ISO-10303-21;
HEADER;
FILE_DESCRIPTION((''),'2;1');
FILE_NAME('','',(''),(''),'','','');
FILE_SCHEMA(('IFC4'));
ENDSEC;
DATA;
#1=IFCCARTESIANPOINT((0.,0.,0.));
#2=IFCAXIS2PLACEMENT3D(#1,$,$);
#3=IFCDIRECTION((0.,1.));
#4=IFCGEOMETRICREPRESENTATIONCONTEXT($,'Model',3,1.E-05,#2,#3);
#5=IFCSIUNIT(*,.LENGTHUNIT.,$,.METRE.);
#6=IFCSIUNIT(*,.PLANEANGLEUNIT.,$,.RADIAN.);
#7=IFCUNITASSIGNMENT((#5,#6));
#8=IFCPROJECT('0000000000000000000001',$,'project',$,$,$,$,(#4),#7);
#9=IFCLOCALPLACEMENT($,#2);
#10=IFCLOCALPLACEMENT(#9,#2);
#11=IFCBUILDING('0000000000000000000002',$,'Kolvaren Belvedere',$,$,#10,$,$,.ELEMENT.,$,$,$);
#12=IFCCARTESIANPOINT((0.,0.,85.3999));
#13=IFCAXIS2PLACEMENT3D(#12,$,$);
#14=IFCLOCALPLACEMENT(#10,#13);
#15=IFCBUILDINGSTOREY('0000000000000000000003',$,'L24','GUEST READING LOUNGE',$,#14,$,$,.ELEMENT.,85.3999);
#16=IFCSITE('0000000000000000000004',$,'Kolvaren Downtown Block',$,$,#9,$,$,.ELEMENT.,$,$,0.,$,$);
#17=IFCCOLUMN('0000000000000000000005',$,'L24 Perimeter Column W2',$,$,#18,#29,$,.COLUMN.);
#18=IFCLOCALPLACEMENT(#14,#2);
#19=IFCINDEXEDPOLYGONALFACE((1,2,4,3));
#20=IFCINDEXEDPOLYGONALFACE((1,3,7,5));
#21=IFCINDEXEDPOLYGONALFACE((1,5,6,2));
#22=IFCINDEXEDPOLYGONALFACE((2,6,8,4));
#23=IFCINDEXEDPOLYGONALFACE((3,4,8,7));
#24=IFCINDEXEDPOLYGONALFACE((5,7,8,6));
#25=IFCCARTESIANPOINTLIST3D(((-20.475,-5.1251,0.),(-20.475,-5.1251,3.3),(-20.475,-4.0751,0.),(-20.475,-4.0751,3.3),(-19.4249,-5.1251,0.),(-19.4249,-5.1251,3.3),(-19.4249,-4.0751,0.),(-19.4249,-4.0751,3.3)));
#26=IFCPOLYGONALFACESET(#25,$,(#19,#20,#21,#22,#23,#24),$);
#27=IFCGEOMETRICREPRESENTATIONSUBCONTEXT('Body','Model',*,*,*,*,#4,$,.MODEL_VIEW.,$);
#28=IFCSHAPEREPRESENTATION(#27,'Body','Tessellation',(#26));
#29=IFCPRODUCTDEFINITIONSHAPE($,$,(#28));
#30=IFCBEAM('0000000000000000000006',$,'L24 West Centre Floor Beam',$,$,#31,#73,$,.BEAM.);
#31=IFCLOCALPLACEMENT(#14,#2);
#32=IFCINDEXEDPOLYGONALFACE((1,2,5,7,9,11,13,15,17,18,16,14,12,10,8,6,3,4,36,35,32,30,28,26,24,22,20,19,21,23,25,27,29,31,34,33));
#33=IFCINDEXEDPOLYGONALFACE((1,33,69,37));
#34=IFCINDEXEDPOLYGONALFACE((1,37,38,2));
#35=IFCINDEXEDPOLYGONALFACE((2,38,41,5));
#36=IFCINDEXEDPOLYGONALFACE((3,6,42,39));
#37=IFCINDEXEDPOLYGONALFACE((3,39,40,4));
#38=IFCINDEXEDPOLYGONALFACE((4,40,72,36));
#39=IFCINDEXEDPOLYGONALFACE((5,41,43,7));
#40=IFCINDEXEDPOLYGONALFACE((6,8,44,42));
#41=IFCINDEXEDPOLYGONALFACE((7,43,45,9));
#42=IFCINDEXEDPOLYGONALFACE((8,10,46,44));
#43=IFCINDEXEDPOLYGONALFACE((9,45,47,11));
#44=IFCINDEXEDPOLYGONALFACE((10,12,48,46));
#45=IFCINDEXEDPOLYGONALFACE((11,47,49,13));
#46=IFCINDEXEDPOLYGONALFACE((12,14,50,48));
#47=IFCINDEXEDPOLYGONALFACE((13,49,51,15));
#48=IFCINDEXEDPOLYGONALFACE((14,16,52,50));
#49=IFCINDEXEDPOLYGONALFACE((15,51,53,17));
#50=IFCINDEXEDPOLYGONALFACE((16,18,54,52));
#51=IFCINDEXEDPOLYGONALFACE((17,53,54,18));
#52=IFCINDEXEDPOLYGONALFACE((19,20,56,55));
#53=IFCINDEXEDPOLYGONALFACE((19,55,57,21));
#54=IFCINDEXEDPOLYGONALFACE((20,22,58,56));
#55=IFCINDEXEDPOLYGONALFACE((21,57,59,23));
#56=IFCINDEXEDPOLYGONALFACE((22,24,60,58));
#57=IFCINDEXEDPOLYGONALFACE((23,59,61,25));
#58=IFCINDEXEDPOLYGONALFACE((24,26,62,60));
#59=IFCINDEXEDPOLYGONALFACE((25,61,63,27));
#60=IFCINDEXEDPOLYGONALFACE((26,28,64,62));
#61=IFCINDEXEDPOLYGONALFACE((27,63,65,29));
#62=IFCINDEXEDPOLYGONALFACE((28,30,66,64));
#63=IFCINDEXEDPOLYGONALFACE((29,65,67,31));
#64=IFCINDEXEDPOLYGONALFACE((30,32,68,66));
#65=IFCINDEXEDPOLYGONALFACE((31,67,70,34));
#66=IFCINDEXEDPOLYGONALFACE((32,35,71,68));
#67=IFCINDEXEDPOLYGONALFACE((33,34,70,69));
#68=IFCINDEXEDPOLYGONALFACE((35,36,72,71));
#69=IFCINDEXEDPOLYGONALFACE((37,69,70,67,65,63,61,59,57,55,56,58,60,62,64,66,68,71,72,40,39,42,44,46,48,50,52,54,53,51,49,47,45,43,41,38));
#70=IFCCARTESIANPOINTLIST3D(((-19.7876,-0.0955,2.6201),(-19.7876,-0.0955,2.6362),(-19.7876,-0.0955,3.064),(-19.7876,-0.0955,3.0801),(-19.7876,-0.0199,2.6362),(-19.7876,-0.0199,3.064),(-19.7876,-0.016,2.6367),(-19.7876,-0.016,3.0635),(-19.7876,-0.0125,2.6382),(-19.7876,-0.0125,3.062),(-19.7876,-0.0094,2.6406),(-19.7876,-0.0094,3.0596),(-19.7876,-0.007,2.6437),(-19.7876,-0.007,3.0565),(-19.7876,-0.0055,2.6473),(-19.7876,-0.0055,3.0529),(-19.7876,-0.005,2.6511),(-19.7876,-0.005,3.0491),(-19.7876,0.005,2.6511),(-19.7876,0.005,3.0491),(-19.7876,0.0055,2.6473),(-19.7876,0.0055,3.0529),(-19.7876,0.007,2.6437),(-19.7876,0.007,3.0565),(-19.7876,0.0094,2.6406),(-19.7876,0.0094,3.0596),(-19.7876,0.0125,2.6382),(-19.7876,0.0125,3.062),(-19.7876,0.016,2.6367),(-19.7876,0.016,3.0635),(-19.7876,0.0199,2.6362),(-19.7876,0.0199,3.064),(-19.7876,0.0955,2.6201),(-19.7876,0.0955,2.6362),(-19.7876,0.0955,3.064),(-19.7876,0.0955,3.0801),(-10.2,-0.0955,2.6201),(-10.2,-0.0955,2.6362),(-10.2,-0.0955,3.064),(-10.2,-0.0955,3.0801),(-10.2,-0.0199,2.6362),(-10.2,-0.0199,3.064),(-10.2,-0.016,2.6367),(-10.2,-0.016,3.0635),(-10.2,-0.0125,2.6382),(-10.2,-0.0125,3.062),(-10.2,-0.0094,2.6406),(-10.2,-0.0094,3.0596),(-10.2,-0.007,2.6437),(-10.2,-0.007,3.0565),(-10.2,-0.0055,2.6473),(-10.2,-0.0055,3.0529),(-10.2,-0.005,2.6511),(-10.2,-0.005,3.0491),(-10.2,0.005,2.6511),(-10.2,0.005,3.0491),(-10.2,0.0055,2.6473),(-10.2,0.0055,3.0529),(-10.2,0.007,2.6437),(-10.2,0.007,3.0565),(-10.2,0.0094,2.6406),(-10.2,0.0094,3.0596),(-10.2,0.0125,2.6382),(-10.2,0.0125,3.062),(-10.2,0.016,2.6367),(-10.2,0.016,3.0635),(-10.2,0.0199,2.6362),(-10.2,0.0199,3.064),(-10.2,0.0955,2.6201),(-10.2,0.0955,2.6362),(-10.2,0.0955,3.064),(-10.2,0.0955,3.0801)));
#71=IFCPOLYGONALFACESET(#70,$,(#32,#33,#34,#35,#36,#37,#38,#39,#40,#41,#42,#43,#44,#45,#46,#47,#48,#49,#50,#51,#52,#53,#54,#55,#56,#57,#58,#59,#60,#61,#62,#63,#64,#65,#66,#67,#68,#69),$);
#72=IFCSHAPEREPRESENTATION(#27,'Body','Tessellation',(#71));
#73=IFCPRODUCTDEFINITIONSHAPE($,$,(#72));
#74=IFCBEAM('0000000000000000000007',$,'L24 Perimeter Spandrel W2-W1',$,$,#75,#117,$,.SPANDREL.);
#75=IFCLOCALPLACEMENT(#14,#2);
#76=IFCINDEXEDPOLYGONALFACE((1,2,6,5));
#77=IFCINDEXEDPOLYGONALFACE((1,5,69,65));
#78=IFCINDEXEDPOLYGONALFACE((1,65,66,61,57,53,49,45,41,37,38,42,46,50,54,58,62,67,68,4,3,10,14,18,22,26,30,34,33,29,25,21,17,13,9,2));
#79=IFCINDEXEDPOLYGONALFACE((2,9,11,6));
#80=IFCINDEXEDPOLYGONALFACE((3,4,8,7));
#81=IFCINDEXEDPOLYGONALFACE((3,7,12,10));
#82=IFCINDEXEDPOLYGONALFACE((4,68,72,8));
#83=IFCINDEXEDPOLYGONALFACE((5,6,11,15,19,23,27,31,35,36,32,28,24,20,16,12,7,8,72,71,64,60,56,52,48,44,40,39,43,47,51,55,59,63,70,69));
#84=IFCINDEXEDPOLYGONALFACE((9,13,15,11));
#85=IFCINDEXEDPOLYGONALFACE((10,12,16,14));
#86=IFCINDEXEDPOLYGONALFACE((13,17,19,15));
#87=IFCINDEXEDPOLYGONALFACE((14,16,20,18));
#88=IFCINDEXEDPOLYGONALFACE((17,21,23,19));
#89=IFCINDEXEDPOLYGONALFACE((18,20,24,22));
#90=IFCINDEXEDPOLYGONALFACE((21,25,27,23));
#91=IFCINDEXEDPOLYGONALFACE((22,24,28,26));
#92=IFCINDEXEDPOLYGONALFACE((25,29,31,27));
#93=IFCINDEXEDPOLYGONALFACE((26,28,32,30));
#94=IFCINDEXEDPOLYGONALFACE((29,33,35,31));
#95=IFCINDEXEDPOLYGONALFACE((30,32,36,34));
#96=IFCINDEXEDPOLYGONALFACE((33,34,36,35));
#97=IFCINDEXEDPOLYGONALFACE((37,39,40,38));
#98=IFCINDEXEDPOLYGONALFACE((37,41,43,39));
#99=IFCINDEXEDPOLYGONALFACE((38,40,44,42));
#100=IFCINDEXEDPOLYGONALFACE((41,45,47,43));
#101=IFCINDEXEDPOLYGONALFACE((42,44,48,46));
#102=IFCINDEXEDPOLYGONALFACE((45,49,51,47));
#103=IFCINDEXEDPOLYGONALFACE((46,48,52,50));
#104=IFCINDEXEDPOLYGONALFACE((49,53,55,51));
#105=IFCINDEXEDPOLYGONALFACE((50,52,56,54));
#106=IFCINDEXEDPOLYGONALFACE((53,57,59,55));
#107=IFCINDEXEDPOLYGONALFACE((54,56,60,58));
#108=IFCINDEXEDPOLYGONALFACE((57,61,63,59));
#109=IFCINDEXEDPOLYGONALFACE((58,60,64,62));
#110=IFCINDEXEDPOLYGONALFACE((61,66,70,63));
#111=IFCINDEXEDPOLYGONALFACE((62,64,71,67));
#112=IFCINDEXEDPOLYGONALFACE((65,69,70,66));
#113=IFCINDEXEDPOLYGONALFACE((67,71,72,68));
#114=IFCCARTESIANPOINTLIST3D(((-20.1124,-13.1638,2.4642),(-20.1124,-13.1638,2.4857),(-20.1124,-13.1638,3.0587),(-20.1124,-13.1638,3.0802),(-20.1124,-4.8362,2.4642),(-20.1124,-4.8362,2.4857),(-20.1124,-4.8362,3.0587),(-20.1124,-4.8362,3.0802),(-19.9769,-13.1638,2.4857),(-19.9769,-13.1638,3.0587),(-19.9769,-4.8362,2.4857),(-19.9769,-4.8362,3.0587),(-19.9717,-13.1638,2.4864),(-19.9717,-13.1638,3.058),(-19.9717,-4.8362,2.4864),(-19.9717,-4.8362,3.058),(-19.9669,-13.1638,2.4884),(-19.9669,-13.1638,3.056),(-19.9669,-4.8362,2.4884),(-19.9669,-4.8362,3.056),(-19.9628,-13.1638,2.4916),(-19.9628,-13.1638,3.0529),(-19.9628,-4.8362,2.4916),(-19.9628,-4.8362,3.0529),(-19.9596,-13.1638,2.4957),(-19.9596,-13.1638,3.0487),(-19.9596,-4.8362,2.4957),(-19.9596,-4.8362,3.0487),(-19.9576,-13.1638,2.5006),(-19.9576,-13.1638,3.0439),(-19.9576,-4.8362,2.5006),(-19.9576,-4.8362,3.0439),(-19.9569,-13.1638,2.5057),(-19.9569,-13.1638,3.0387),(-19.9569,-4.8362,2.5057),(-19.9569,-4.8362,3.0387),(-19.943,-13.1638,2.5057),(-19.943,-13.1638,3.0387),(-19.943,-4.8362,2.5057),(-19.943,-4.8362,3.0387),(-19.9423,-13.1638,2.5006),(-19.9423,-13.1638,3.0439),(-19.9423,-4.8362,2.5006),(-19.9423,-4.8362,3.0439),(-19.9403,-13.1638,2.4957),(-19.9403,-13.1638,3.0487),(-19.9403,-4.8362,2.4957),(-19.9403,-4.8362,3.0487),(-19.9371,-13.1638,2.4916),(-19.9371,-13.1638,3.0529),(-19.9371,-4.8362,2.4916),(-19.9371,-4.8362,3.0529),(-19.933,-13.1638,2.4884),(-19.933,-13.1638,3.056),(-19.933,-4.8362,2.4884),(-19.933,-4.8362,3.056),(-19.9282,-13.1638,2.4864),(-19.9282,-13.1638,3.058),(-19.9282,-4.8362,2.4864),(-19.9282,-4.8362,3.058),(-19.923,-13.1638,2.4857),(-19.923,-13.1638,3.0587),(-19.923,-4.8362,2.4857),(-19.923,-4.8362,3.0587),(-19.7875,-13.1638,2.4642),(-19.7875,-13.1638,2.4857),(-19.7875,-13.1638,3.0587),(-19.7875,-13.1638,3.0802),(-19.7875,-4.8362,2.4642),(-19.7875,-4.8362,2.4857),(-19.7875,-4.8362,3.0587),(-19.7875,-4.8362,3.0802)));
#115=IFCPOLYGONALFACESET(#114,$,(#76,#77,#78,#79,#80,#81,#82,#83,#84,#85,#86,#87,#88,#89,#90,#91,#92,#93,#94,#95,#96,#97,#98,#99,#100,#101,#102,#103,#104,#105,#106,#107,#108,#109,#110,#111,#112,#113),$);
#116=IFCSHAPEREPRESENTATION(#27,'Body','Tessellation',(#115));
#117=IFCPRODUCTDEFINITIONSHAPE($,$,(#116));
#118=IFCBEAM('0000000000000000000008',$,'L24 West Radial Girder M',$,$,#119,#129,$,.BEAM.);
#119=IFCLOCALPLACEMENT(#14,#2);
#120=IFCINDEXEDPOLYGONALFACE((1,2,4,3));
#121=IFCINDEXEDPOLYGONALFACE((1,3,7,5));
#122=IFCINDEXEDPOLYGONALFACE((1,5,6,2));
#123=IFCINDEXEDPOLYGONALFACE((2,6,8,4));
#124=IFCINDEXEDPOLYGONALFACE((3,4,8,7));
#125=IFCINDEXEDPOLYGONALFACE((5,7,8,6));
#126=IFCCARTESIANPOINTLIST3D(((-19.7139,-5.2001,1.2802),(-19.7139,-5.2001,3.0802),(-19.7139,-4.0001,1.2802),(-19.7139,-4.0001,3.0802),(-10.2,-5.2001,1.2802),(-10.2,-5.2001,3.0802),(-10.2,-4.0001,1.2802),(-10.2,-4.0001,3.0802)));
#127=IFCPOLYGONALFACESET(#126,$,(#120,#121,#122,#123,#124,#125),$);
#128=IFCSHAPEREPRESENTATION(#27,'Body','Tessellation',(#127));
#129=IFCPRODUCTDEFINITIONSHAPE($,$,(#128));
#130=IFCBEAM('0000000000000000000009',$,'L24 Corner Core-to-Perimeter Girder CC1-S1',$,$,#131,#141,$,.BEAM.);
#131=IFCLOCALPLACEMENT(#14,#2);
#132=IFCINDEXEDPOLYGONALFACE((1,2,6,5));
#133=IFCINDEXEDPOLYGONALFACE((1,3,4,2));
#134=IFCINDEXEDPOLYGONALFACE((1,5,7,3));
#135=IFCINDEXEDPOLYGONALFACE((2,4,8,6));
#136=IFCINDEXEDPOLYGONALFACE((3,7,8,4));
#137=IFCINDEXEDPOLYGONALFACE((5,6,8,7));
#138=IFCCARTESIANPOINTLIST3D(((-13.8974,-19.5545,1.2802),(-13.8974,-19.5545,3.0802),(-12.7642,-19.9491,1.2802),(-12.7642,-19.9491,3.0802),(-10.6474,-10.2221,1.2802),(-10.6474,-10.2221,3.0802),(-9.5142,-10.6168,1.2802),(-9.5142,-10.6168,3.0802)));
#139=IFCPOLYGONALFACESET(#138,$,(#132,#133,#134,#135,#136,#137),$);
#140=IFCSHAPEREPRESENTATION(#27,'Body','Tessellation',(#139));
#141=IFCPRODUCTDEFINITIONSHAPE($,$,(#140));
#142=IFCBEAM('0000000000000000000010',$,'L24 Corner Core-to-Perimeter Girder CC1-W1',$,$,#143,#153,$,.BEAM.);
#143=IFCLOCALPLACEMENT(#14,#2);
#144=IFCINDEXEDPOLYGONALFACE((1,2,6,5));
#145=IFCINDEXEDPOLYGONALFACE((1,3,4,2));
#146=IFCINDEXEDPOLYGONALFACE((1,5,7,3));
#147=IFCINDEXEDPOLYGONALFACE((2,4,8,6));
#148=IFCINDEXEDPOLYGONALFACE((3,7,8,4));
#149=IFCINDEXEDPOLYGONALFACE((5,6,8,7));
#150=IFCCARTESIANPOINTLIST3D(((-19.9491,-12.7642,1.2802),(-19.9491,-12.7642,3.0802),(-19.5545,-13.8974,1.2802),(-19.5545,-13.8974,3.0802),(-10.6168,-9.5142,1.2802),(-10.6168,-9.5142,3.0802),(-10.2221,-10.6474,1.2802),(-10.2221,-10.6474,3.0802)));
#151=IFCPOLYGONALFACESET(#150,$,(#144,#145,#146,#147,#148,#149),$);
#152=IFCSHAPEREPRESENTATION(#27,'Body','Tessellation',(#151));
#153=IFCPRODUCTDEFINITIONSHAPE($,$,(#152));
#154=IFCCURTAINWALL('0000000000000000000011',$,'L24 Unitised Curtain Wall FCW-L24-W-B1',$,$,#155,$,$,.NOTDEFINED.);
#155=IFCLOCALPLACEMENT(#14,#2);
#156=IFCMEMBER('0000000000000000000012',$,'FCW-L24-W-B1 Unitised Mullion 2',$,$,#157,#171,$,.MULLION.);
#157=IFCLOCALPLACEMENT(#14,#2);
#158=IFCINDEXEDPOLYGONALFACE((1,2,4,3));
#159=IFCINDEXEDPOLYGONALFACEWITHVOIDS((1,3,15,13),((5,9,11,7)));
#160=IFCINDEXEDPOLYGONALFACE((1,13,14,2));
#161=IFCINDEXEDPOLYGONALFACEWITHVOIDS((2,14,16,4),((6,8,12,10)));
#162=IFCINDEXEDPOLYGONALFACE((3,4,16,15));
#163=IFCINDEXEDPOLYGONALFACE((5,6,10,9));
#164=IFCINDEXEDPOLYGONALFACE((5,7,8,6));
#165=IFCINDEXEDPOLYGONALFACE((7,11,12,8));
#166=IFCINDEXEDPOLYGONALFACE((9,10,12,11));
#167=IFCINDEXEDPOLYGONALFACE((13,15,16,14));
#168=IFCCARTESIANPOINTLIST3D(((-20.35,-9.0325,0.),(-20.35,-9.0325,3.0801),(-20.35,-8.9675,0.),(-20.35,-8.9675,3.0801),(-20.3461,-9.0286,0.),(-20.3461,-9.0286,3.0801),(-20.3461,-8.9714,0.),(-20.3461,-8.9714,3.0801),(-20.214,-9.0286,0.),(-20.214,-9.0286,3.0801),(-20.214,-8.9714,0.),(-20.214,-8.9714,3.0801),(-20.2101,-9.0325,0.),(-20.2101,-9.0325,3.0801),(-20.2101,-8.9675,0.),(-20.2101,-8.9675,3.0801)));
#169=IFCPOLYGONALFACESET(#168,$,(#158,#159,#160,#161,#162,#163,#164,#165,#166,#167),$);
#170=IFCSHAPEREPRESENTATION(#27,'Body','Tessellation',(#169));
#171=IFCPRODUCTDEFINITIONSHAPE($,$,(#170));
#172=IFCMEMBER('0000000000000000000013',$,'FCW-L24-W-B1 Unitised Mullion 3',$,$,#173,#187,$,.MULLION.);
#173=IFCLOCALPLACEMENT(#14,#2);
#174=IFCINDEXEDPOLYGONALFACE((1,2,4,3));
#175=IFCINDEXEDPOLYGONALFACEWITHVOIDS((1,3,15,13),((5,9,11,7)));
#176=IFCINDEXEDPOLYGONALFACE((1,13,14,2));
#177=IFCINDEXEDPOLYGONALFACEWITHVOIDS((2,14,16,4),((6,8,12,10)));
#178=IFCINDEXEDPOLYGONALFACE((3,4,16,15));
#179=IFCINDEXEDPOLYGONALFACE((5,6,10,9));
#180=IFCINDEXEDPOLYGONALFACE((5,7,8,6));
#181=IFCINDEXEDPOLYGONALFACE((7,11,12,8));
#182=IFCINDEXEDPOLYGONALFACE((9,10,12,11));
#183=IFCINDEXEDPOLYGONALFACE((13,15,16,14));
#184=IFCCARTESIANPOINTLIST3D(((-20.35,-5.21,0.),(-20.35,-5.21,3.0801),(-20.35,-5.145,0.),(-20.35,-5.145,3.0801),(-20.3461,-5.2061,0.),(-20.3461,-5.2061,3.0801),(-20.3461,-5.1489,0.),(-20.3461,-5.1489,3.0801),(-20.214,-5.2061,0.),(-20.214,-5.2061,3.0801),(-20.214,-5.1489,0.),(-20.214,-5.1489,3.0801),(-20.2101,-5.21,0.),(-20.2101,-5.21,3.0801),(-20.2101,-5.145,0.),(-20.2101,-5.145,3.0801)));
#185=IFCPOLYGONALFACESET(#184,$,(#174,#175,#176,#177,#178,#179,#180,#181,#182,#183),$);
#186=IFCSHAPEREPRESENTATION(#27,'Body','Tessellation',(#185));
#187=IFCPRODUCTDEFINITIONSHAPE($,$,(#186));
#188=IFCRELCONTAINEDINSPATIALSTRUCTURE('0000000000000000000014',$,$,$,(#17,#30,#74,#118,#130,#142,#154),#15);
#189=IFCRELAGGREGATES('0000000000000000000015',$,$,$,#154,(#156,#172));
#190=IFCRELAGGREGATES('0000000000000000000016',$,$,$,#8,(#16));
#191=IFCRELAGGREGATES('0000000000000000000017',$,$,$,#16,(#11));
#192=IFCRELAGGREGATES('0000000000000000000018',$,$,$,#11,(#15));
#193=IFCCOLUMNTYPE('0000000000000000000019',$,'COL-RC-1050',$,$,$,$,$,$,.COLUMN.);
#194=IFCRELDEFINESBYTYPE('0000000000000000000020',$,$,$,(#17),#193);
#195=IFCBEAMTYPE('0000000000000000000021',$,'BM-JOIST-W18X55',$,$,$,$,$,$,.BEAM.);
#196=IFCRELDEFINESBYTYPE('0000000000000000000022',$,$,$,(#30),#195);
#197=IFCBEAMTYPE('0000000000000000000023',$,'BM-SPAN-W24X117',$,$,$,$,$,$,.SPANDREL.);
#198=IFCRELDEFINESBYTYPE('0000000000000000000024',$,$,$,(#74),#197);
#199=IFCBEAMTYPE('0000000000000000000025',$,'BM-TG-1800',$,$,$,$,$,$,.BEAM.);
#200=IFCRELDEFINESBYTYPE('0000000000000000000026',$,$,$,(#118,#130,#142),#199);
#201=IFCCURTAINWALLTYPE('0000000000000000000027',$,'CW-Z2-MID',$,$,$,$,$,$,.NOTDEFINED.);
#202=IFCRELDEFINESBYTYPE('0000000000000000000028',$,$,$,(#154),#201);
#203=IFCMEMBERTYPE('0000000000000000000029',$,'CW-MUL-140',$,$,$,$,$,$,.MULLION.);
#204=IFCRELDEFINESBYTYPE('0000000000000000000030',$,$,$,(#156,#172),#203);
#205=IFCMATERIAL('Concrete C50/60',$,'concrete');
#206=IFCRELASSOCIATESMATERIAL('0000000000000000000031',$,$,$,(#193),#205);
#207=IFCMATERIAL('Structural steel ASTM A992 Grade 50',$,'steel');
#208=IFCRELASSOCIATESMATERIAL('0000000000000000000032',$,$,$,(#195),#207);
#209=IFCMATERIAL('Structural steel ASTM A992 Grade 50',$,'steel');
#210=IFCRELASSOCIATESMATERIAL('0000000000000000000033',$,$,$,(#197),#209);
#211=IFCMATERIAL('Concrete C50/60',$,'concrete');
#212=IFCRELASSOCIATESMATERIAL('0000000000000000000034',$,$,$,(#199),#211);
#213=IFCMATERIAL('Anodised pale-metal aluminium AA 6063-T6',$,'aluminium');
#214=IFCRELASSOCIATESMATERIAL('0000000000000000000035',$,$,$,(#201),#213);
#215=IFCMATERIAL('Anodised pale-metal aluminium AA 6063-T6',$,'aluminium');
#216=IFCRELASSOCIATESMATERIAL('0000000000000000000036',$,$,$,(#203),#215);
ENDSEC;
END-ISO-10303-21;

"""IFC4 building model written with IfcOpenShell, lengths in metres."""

from ifc_helpers import new_model, si_unit, direction, frame, origin, origin_2d, place, context, subcontext, project, spatial, rectangle, hollow_rectangle, i_section, extrude, material, material_profile, profile_set, type_object, element, aggregate, save


model = new_model("IFC4")

# Units and contexts
model_context = context("Model", 3, precision=1e-05, world=origin(), true_north=direction((0.0, 1.0)))
body_context = subcontext(model_context, "Body", "Model", "MODEL_VIEW")
ifc_project = project(units=[si_unit("LENGTHUNIT", "METRE"), si_unit("PLANEANGLEUNIT", "RADIAN")], contexts=[model_context])

# Site, building, storey
site_placement = place(None, origin())
site = spatial("IfcSite", under=ifc_project, at=site_placement, Name="Kolvaren Downtown Block", CompositionType="ELEMENT", RefElevation=0.0)
building_placement = place(site_placement, origin())
building = spatial("IfcBuilding", under=site, at=building_placement, Name="Kolvaren Belvedere", CompositionType="ELEMENT")
storey_placement = place(building_placement, frame((0.0, 0.0, 85.3999)))
storey = spatial("IfcBuildingStorey", under=building, at=storey_placement, Name="L24", Description="GUEST READING LOUNGE", CompositionType="ELEMENT", Elevation=85.3999)

# Column
ifc_material_1 = material(Name="Concrete C50/60", Category="concrete")
ifc_material_profile_1 = material_profile(ifc_material_1, rectangle(XDim=1.05, YDim=1.05, at=origin_2d()), Name="RC 1050X1050")
ifc_profile_set_1 = profile_set([ifc_material_profile_1], Name="Concrete C50/60")
column_type = type_object("IfcColumnType", Name="COL-RC-1050", PredefinedType="COLUMN", material=ifc_profile_set_1)
column_placement = place(storey_placement, frame((-19.95, -4.6001, 0.0), z_axis=(0.0, 0.0, 1.0), x_axis=(1.0, 0.0, 0.0)))
element("IfcColumn", 1, at=column_placement, inside=storey, type_object=column_type, Name="L24 Perimeter Column W2", PredefinedType="COLUMN", context=body_context, shape_type="SweptSolid", body=[
    extrude(rectangle(XDim=1.05, YDim=1.05, at=origin_2d()), origin(), (0.0, 0.0, 1.0), 3.3),
])

# Beams
ifc_material_2 = material(Name="Structural steel ASTM A992 Grade 50", Category="steel")
ifc_material_profile_2 = material_profile(ifc_material_2, i_section(OverallWidth=0.1909, OverallDepth=0.46, WebThickness=0.01, FlangeThickness=0.0161, FilletRadius=0.0149, at=origin_2d()), Name="W18X55")
ifc_profile_set_2 = profile_set([ifc_material_profile_2], Name="Structural steel ASTM A992 Grade 50")
beam_type_1 = type_object("IfcBeamType", Name="BM-JOIST-W18X55", PredefinedType="BEAM", material=ifc_profile_set_2)
beam_1_placement = place(storey_placement, frame((-10.2, 0.0, 2.8501), z_axis=(-1.0, 0.0, 0.0), x_axis=(0.0, -1.0, 0.0)))
element("IfcBeam", 2, at=beam_1_placement, inside=storey, type_object=beam_type_1, Name="L24 West Centre Floor Beam", PredefinedType="BEAM", context=body_context, shape_type="SweptSolid", body=[
    extrude(i_section(OverallWidth=0.1909, OverallDepth=0.46, WebThickness=0.01, FlangeThickness=0.0161, FilletRadius=0.0149, at=origin_2d()), origin(), (0.0, 0.0, 1.0), 9.5876),
])
ifc_material_3 = material(Name="Structural steel ASTM A992 Grade 50", Category="steel")
ifc_material_profile_3 = material_profile(ifc_material_3, i_section(OverallWidth=0.325, OverallDepth=0.616, WebThickness=0.0139, FlangeThickness=0.0215, FilletRadius=0.02, at=origin_2d()), Name="W24X117")
ifc_profile_set_3 = profile_set([ifc_material_profile_3], Name="Structural steel ASTM A992 Grade 50")
beam_type_2 = type_object("IfcBeamType", Name="BM-SPAN-W24X117", PredefinedType="SPANDREL", material=ifc_profile_set_3)
beam_2_placement = place(storey_placement, frame((-19.95, -4.8362, 2.7722), z_axis=(0.0, -1.0, 0.0), x_axis=(1.0, 0.0, 0.0)))
element("IfcBeam", 3, at=beam_2_placement, inside=storey, type_object=beam_type_2, Name="L24 Perimeter Spandrel W2-W1", PredefinedType="SPANDREL", context=body_context, shape_type="SweptSolid", body=[
    extrude(i_section(OverallWidth=0.325, OverallDepth=0.616, WebThickness=0.0139, FlangeThickness=0.0215, FilletRadius=0.02, at=origin_2d()), origin(), (0.0, 0.0, 1.0), 8.3276),
])
ifc_material_4 = material(Name="Concrete C50/60", Category="concrete")
ifc_material_profile_4 = material_profile(ifc_material_4, rectangle(XDim=1.2, YDim=1.8, at=origin_2d()), Name="RC 1200X1800")
ifc_profile_set_4 = profile_set([ifc_material_profile_4], Name="Concrete C50/60")
beam_type_3 = type_object("IfcBeamType", Name="BM-TG-1800", PredefinedType="BEAM", material=ifc_profile_set_4)
beam_3_placement = place(storey_placement, frame((-10.2, -4.6001, 2.1802), z_axis=(-1.0, 0.0, 0.0), x_axis=(0.0, -1.0, 0.0)))
element("IfcBeam", 4, at=beam_3_placement, inside=storey, type_object=beam_type_3, Name="L24 West Radial Girder M", PredefinedType="BEAM", context=body_context, shape_type="SweptSolid", body=[
    extrude(rectangle(XDim=1.2, YDim=1.8, at=origin_2d()), origin(), (0.0, 0.0, 1.0), 9.5139),
])
for number, where, z_axis, x_axis, name in (
    (5, (-10.0808, -10.4194, 2.1802), (-0.328881, -0.944371, 0.0), (0.944371, -0.328881, 0.0), "L24 Corner Core-to-Perimeter Girder CC1-S1"),
    (6, (-10.4194, -10.0808, 2.1802), (-0.944371, -0.328881, 0.0), (0.328881, -0.944371, 0.0), "L24 Corner Core-to-Perimeter Girder CC1-W1"),
):
    element("IfcBeam", number, at=place(storey_placement, frame(where, z_axis=z_axis, x_axis=x_axis)), inside=storey, type_object=beam_type_3, Name=name, PredefinedType="BEAM", context=body_context, shape_type="SweptSolid", body=[
        extrude(rectangle(XDim=1.2, YDim=1.8, at=origin_2d()), origin(), (0.0, 0.0, 1.0), 9.8821),
    ])

# Curtain wall, members
ifc_material_5 = material(Name="Anodised pale-metal aluminium AA 6063-T6", Category="aluminium")
curtain_wall_type = type_object("IfcCurtainWallType", Name="CW-Z2-MID", PredefinedType="NOTDEFINED", material=ifc_material_5)
curtain_wall_1_placement = place(storey_placement, origin())
curtain_wall_1 = element("IfcCurtainWall", 7, at=curtain_wall_1_placement, inside=storey, type_object=curtain_wall_type, Name="L24 Unitised Curtain Wall FCW-L24-W-B1", PredefinedType="NOTDEFINED")
ifc_material_6 = material(Name="Anodised pale-metal aluminium AA 6063-T6", Category="aluminium")
ifc_material_profile_5 = material_profile(ifc_material_6, hollow_rectangle(XDim=0.0649, YDim=0.1399, WallThickness=0.0039, at=origin_2d()), Name="ALU-MUL-140X65")
ifc_profile_set_5 = profile_set([ifc_material_profile_5], Name="Anodised pale-metal aluminium AA 6063-T6")
member_type_1 = type_object("IfcMemberType", Name="CW-MUL-140", PredefinedType="MULLION", material=ifc_profile_set_5)
member_1_placement = place(storey_placement, frame((-20.28, -9.0, 0.0), z_axis=(0.0, 0.0, 1.0), x_axis=(0.0, 1.0, 0.0)))
member_1 = element("IfcMember", 8, at=member_1_placement, type_object=member_type_1, Name="FCW-L24-W-B1 Unitised Mullion 2", PredefinedType="MULLION", context=body_context, shape_type="SweptSolid", body=[
    extrude(hollow_rectangle(XDim=0.0649, YDim=0.1399, WallThickness=0.0039, at=origin_2d()), origin(), (0.0, 0.0, 1.0), 3.0801),
])
member_2_placement = place(storey_placement, frame((-20.28, -5.1775, 0.0), z_axis=(0.0, 0.0, 1.0), x_axis=(0.0, 1.0, 0.0)))
member_2 = element("IfcMember", 9, at=member_2_placement, type_object=member_type_1, Name="FCW-L24-W-B1 Unitised Mullion 3", PredefinedType="MULLION", context=body_context, shape_type="SweptSolid", body=[
    extrude(hollow_rectangle(XDim=0.0649, YDim=0.1399, WallThickness=0.0039, at=origin_2d()), origin(), (0.0, 0.0, 1.0), 3.0801),
])

aggregate(curtain_wall_1, [member_1, member_2])

save(model, "model.ifc")
